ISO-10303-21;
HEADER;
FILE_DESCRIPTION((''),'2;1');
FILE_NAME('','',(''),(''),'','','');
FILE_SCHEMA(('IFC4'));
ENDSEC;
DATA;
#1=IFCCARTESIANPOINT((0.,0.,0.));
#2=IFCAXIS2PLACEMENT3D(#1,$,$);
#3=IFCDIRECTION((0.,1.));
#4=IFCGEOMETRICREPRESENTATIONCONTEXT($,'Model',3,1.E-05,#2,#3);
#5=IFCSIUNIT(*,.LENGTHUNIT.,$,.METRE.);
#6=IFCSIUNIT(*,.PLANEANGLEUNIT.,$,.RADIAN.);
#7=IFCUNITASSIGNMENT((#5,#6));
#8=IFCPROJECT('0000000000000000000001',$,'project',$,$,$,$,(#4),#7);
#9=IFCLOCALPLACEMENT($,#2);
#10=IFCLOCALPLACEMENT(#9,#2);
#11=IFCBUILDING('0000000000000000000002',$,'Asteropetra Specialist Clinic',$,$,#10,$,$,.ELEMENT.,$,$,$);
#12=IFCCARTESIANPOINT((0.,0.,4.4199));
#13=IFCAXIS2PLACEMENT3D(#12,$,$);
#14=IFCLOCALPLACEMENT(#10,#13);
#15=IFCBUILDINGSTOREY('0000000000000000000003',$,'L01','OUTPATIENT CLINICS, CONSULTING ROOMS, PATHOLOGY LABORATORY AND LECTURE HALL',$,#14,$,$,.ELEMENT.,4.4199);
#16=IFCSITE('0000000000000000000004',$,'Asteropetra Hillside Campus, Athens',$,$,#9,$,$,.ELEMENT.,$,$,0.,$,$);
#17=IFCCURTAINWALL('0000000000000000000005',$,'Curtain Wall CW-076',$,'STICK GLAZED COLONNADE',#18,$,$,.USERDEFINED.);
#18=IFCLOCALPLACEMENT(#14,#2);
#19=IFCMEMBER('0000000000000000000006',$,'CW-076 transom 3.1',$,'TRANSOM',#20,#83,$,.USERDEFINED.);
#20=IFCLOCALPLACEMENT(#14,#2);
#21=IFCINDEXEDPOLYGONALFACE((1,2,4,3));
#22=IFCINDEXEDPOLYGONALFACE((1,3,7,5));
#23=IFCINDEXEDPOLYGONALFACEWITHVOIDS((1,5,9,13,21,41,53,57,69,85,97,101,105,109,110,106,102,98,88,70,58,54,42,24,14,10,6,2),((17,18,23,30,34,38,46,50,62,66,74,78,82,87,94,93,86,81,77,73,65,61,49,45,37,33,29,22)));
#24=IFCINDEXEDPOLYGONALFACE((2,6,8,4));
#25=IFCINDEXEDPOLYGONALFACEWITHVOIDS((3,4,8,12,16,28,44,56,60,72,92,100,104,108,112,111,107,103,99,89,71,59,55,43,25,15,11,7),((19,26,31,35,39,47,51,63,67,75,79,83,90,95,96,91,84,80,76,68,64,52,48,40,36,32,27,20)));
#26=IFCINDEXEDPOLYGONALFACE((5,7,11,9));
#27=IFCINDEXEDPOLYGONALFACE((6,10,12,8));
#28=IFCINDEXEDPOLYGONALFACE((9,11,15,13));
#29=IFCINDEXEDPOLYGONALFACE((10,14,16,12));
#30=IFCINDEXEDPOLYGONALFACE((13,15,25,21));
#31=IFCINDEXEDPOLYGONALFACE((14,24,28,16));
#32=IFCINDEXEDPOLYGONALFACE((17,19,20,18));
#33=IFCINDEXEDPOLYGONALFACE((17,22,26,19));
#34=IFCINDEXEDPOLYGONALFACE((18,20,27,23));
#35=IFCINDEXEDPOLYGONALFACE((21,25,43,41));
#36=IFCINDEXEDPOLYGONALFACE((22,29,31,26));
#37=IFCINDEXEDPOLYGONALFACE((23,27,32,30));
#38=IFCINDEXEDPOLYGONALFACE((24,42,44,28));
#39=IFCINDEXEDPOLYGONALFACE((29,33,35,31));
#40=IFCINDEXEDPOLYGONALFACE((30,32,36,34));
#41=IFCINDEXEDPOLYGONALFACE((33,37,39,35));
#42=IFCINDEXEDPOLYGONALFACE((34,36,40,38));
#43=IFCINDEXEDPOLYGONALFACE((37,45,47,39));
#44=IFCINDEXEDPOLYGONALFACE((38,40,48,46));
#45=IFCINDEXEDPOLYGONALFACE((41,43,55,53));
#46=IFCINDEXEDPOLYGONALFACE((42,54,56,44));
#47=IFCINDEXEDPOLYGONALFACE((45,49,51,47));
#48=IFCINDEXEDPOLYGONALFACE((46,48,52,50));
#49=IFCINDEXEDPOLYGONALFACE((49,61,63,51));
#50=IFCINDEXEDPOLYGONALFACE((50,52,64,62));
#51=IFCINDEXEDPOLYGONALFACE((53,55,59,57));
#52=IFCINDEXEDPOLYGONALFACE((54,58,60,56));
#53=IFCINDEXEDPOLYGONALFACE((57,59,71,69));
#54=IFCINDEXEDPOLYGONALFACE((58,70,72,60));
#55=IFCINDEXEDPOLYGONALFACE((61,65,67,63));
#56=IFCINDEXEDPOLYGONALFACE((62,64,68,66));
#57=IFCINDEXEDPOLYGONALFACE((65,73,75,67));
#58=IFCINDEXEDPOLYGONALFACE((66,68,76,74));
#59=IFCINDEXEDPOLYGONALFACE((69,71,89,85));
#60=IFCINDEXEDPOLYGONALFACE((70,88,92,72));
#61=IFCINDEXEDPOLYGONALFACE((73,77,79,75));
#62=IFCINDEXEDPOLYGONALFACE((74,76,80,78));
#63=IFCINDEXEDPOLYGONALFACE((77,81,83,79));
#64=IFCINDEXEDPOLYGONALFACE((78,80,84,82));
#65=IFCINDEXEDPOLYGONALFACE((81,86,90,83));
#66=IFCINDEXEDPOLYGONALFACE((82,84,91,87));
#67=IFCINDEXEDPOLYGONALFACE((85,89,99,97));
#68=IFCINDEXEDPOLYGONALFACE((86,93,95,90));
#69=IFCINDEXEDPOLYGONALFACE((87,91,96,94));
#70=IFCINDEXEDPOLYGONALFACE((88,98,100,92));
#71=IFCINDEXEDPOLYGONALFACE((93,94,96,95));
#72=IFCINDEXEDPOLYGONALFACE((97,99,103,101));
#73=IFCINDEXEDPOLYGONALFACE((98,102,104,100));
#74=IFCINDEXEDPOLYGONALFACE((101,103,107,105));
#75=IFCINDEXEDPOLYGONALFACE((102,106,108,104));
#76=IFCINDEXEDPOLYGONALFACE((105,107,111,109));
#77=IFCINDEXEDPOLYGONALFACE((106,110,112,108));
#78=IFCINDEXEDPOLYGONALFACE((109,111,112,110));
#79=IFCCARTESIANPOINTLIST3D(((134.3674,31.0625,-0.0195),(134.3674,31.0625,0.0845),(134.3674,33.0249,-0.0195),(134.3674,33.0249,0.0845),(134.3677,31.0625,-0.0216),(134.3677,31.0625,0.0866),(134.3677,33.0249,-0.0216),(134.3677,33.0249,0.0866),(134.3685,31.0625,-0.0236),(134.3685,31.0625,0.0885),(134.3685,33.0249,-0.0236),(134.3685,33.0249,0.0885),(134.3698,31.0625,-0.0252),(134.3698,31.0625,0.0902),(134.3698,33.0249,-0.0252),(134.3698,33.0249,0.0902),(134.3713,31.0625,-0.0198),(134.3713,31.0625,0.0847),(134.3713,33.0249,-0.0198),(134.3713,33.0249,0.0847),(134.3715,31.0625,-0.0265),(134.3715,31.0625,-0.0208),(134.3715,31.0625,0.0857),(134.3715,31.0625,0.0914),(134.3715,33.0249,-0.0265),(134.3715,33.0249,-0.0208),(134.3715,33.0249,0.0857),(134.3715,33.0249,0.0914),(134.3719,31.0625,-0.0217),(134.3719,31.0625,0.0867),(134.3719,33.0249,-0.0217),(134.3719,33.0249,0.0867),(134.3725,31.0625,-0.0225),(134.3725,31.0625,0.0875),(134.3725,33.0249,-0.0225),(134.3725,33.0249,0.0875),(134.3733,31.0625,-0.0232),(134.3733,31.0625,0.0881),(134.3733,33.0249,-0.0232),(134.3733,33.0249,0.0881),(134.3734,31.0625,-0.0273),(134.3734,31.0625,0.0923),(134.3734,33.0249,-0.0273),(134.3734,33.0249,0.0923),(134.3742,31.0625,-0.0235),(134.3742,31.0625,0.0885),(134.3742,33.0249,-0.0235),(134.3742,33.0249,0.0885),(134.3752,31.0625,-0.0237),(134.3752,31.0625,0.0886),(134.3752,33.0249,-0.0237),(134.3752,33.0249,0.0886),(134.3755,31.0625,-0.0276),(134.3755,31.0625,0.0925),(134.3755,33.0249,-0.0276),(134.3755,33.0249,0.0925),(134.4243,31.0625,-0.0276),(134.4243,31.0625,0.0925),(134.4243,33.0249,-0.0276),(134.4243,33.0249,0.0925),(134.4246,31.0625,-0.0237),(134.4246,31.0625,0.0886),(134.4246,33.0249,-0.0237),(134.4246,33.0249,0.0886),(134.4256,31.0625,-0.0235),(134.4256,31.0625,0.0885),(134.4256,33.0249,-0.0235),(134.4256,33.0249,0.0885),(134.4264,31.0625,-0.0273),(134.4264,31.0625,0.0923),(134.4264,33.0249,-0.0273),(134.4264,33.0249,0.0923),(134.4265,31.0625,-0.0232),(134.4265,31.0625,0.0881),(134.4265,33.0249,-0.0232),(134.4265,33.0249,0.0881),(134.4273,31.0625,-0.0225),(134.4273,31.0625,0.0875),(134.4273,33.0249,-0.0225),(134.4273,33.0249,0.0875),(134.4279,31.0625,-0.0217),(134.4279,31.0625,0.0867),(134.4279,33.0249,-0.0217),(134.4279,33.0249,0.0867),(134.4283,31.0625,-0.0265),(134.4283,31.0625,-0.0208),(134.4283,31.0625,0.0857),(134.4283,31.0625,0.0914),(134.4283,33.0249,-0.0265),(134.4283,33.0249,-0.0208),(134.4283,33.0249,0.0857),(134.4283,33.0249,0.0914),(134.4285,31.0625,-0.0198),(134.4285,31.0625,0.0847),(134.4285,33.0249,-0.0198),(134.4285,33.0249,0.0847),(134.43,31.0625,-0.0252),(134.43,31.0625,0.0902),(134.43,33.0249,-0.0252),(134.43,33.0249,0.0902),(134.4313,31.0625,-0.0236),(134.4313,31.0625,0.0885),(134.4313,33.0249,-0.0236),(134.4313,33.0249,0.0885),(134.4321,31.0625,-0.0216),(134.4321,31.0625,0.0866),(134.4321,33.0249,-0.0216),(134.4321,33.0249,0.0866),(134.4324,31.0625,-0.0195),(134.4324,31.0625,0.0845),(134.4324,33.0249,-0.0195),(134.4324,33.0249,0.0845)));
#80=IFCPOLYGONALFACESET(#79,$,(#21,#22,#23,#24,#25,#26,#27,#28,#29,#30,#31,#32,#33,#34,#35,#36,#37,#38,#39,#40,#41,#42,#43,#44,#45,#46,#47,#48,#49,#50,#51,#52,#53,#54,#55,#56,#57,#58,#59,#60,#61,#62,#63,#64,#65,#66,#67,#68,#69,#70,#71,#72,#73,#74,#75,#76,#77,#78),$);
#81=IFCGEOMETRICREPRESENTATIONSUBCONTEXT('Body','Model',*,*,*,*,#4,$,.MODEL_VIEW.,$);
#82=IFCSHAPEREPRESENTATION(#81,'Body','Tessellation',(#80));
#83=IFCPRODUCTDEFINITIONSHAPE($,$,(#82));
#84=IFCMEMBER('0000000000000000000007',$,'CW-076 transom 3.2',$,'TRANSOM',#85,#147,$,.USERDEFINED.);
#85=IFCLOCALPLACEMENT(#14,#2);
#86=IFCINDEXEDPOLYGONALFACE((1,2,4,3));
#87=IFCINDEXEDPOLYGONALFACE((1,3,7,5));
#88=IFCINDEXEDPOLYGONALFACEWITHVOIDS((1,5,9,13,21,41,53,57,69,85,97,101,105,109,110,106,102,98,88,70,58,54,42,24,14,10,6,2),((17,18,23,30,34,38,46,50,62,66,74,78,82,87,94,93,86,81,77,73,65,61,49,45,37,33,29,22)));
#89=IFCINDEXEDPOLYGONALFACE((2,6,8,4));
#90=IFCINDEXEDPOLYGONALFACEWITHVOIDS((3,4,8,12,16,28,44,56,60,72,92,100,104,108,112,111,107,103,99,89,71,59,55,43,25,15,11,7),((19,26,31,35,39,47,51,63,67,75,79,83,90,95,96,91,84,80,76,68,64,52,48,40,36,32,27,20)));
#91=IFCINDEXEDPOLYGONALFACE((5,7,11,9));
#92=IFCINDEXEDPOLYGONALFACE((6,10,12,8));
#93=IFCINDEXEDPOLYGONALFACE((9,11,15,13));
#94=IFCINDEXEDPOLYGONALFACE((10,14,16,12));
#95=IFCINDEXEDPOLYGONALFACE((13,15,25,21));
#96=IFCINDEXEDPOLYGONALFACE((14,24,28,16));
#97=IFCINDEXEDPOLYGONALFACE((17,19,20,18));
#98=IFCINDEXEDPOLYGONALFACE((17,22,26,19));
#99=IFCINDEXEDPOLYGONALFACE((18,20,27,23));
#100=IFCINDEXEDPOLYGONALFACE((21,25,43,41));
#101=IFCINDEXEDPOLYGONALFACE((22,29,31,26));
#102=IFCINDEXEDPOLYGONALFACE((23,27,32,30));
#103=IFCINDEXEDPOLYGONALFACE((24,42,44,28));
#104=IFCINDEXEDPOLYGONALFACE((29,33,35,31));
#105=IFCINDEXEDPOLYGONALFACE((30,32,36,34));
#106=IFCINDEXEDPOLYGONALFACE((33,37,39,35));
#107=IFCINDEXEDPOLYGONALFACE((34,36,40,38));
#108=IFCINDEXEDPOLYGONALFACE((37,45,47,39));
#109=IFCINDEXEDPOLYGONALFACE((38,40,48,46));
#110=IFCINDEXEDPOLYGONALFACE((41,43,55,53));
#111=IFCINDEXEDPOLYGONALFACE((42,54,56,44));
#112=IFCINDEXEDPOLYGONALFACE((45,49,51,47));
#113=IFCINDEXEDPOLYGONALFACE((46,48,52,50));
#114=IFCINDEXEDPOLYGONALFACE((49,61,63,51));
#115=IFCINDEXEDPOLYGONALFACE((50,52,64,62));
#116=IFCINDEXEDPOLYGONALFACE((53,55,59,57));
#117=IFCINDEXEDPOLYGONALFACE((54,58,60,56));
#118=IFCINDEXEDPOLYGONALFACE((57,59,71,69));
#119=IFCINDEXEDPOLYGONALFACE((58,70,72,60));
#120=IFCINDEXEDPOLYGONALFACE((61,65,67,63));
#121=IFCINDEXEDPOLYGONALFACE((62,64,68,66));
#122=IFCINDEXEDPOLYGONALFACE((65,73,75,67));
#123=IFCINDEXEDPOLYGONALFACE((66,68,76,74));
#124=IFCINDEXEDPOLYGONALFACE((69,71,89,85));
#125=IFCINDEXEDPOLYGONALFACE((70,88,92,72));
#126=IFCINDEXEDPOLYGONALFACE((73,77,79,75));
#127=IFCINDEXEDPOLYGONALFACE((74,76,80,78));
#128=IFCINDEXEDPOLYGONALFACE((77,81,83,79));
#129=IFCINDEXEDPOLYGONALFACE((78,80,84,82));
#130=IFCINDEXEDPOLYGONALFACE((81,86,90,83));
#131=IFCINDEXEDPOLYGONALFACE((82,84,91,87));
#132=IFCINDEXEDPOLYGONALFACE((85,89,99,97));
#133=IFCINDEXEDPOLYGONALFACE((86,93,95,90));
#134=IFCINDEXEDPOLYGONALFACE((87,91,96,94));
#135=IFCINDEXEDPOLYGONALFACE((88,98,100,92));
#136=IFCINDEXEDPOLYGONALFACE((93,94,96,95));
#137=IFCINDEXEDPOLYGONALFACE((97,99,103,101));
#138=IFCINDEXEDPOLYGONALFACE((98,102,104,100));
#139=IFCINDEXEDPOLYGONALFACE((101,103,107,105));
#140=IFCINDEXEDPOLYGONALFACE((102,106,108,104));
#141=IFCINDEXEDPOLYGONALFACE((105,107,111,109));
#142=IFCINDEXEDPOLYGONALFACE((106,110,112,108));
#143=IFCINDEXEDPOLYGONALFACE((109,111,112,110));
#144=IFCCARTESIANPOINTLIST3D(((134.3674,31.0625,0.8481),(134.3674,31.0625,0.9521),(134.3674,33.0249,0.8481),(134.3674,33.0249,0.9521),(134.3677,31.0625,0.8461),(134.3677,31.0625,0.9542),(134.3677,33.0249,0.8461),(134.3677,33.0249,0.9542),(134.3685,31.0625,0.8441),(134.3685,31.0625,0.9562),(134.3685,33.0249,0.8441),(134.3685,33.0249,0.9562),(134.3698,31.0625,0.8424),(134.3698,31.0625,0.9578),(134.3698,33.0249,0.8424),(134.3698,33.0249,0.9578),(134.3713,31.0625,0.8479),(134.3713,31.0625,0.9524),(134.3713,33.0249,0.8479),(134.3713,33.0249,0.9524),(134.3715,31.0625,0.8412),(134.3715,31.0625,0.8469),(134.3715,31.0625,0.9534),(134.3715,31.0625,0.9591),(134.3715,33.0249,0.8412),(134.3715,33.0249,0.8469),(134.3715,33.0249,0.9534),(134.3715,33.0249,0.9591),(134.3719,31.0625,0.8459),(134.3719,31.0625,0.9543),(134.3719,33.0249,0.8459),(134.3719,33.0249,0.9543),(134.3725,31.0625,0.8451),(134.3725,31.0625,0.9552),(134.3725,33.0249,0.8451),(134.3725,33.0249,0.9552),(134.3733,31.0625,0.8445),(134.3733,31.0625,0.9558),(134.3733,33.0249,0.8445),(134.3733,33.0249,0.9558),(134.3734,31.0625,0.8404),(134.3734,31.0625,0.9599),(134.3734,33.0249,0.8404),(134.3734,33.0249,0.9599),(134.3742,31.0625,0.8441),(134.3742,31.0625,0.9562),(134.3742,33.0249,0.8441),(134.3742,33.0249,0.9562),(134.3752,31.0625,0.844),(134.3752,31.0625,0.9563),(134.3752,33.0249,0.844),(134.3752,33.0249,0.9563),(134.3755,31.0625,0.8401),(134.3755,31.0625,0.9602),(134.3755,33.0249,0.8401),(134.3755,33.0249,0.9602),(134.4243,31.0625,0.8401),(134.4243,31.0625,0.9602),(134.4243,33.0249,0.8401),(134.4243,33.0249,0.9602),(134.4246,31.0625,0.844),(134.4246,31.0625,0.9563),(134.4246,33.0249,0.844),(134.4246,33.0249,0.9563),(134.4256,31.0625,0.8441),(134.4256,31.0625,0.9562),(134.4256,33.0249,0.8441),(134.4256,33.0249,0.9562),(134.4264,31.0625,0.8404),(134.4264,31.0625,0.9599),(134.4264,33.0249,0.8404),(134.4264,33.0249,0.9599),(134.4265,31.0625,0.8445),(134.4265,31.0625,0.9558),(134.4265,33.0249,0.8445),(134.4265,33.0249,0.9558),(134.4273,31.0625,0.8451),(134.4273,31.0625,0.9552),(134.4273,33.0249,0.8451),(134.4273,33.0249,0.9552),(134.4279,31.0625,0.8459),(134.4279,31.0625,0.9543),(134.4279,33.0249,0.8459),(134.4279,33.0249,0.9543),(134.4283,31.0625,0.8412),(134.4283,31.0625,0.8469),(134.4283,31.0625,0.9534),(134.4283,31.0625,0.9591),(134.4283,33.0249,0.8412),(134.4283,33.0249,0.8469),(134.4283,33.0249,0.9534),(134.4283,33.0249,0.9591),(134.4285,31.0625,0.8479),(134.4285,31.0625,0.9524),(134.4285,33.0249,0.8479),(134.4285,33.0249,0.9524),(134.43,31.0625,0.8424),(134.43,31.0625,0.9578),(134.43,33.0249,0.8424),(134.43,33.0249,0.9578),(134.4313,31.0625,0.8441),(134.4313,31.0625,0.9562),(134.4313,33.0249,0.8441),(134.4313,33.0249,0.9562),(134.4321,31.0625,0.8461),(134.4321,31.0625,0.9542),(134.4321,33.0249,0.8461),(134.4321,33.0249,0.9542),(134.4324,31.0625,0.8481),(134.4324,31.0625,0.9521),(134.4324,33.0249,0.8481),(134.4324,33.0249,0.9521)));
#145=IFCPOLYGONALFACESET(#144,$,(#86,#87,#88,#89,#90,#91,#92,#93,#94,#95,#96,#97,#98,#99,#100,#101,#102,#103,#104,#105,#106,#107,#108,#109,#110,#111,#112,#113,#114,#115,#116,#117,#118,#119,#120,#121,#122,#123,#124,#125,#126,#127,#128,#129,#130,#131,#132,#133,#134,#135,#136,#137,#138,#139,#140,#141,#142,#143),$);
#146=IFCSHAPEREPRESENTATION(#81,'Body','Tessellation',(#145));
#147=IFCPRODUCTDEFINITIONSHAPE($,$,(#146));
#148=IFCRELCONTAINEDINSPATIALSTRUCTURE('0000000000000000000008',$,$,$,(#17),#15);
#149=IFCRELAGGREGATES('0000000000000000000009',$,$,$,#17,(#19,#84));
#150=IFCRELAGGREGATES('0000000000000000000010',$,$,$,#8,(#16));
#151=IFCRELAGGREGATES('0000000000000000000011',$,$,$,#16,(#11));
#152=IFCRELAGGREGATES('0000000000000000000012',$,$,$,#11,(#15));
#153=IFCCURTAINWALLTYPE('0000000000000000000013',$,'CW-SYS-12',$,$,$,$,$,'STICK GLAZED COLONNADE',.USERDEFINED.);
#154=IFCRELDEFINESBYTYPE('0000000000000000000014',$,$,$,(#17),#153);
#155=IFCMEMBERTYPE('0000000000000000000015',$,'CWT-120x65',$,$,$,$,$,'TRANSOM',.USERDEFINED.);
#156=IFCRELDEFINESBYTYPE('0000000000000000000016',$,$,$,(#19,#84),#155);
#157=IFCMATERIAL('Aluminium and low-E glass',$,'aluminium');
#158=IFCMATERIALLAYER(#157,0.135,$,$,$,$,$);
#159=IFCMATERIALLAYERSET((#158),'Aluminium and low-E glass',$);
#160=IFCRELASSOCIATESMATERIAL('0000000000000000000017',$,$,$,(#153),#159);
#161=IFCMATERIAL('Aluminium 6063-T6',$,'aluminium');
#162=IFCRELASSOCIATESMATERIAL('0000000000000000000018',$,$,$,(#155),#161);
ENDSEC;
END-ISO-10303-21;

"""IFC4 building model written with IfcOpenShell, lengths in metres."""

from ifc_helpers import new_model, si_unit, direction, frame, origin, origin_2d, place, context, subcontext, project, spatial, hollow_rectangle, extrude, material, layer, layer_set, material_profile, profile_set, type_object, element, aggregate, save


model = new_model("IFC4")

# Units and contexts
model_context = context("Model", 3, precision=1e-05, world=origin(), true_north=direction((0.0, 1.0)))
body_context = subcontext(model_context, "Body", "Model", "MODEL_VIEW")
ifc_project = project(units=[si_unit("LENGTHUNIT", "METRE"), si_unit("PLANEANGLEUNIT", "RADIAN")], contexts=[model_context])

# Site, building, storey
site_placement = place(None, origin())
site = spatial("IfcSite", under=ifc_project, at=site_placement, Name="Asteropetra Hillside Campus, Athens", CompositionType="ELEMENT", RefElevation=0.0)
building_placement = place(site_placement, origin())
building = spatial("IfcBuilding", under=site, at=building_placement, Name="Asteropetra Specialist Clinic", CompositionType="ELEMENT")
storey_placement = place(building_placement, frame((0.0, 0.0, 4.4199)))
storey = spatial("IfcBuildingStorey", under=building, at=storey_placement, Name="L01", Description="OUTPATIENT CLINICS, CONSULTING ROOMS, PATHOLOGY LABORATORY AND LECTURE HALL", CompositionType="ELEMENT", Elevation=4.4199)

# Curtain wall, members
ifc_material_1 = material(Name="Aluminium and low-E glass", Category="aluminium")
ifc_layer_1 = layer(ifc_material_1, 0.135)
ifc_layer_set_1 = layer_set([ifc_layer_1], Name="Aluminium and low-E glass")
curtain_wall_type = type_object("IfcCurtainWallType", Name="CW-SYS-12", ElementType="STICK GLAZED COLONNADE", PredefinedType="USERDEFINED", material=ifc_layer_set_1)
curtain_wall_placement = place(storey_placement, origin())
curtain_wall = element("IfcCurtainWall", 1, at=curtain_wall_placement, inside=storey, type_object=curtain_wall_type, Name="Curtain Wall CW-076", ObjectType="STICK GLAZED COLONNADE", PredefinedType="USERDEFINED")
ifc_material_2 = material(Name="Aluminium 6063-T6", Category="aluminium")
ifc_material_profile_1 = material_profile(ifc_material_2, hollow_rectangle(XDim=0.0649, YDim=0.1201, WallThickness=0.0039, InnerFilletRadius=0.0039, OuterFilletRadius=0.0081, at=origin_2d()), Name="TRN 120x65x4.0")
ifc_profile_set_1 = profile_set([ifc_material_profile_1], Name="Aluminium 6063-T6")
member_type_1 = type_object("IfcMemberType", Name="CWT-120x65", ElementType="TRANSOM", PredefinedType="USERDEFINED", material=ifc_profile_set_1)
member_1_placement = place(storey_placement, frame((134.3999, 31.0625, 0.0325), z_axis=(0.0, 1.0, 0.0), x_axis=(-1.0, 0.0, 0.0)))
member_1 = element("IfcMember", 2, at=member_1_placement, type_object=member_type_1, Name="CW-076 transom 3.1", ObjectType="TRANSOM", PredefinedType="USERDEFINED", context=body_context, shape_type="SweptSolid", body=[
    extrude(hollow_rectangle(XDim=0.0649, YDim=0.1201, WallThickness=0.0039, InnerFilletRadius=0.0039, OuterFilletRadius=0.0081, at=origin_2d()), origin(), (0.0, 0.0, 1.0), 1.9624),
])
member_2_placement = place(storey_placement, frame((134.3999, 31.0625, 0.9001), z_axis=(0.0, 1.0, 0.0), x_axis=(-1.0, 0.0, 0.0)))
member_2 = element("IfcMember", 3, at=member_2_placement, type_object=member_type_1, Name="CW-076 transom 3.2", ObjectType="TRANSOM", PredefinedType="USERDEFINED", context=body_context, shape_type="SweptSolid", body=[
    extrude(hollow_rectangle(XDim=0.0649, YDim=0.1201, WallThickness=0.0039, InnerFilletRadius=0.0039, OuterFilletRadius=0.0081, at=origin_2d()), origin(), (0.0, 0.0, 1.0), 1.9624),
])

aggregate(curtain_wall, [member_1, member_2])

save(model, "model.ifc")
